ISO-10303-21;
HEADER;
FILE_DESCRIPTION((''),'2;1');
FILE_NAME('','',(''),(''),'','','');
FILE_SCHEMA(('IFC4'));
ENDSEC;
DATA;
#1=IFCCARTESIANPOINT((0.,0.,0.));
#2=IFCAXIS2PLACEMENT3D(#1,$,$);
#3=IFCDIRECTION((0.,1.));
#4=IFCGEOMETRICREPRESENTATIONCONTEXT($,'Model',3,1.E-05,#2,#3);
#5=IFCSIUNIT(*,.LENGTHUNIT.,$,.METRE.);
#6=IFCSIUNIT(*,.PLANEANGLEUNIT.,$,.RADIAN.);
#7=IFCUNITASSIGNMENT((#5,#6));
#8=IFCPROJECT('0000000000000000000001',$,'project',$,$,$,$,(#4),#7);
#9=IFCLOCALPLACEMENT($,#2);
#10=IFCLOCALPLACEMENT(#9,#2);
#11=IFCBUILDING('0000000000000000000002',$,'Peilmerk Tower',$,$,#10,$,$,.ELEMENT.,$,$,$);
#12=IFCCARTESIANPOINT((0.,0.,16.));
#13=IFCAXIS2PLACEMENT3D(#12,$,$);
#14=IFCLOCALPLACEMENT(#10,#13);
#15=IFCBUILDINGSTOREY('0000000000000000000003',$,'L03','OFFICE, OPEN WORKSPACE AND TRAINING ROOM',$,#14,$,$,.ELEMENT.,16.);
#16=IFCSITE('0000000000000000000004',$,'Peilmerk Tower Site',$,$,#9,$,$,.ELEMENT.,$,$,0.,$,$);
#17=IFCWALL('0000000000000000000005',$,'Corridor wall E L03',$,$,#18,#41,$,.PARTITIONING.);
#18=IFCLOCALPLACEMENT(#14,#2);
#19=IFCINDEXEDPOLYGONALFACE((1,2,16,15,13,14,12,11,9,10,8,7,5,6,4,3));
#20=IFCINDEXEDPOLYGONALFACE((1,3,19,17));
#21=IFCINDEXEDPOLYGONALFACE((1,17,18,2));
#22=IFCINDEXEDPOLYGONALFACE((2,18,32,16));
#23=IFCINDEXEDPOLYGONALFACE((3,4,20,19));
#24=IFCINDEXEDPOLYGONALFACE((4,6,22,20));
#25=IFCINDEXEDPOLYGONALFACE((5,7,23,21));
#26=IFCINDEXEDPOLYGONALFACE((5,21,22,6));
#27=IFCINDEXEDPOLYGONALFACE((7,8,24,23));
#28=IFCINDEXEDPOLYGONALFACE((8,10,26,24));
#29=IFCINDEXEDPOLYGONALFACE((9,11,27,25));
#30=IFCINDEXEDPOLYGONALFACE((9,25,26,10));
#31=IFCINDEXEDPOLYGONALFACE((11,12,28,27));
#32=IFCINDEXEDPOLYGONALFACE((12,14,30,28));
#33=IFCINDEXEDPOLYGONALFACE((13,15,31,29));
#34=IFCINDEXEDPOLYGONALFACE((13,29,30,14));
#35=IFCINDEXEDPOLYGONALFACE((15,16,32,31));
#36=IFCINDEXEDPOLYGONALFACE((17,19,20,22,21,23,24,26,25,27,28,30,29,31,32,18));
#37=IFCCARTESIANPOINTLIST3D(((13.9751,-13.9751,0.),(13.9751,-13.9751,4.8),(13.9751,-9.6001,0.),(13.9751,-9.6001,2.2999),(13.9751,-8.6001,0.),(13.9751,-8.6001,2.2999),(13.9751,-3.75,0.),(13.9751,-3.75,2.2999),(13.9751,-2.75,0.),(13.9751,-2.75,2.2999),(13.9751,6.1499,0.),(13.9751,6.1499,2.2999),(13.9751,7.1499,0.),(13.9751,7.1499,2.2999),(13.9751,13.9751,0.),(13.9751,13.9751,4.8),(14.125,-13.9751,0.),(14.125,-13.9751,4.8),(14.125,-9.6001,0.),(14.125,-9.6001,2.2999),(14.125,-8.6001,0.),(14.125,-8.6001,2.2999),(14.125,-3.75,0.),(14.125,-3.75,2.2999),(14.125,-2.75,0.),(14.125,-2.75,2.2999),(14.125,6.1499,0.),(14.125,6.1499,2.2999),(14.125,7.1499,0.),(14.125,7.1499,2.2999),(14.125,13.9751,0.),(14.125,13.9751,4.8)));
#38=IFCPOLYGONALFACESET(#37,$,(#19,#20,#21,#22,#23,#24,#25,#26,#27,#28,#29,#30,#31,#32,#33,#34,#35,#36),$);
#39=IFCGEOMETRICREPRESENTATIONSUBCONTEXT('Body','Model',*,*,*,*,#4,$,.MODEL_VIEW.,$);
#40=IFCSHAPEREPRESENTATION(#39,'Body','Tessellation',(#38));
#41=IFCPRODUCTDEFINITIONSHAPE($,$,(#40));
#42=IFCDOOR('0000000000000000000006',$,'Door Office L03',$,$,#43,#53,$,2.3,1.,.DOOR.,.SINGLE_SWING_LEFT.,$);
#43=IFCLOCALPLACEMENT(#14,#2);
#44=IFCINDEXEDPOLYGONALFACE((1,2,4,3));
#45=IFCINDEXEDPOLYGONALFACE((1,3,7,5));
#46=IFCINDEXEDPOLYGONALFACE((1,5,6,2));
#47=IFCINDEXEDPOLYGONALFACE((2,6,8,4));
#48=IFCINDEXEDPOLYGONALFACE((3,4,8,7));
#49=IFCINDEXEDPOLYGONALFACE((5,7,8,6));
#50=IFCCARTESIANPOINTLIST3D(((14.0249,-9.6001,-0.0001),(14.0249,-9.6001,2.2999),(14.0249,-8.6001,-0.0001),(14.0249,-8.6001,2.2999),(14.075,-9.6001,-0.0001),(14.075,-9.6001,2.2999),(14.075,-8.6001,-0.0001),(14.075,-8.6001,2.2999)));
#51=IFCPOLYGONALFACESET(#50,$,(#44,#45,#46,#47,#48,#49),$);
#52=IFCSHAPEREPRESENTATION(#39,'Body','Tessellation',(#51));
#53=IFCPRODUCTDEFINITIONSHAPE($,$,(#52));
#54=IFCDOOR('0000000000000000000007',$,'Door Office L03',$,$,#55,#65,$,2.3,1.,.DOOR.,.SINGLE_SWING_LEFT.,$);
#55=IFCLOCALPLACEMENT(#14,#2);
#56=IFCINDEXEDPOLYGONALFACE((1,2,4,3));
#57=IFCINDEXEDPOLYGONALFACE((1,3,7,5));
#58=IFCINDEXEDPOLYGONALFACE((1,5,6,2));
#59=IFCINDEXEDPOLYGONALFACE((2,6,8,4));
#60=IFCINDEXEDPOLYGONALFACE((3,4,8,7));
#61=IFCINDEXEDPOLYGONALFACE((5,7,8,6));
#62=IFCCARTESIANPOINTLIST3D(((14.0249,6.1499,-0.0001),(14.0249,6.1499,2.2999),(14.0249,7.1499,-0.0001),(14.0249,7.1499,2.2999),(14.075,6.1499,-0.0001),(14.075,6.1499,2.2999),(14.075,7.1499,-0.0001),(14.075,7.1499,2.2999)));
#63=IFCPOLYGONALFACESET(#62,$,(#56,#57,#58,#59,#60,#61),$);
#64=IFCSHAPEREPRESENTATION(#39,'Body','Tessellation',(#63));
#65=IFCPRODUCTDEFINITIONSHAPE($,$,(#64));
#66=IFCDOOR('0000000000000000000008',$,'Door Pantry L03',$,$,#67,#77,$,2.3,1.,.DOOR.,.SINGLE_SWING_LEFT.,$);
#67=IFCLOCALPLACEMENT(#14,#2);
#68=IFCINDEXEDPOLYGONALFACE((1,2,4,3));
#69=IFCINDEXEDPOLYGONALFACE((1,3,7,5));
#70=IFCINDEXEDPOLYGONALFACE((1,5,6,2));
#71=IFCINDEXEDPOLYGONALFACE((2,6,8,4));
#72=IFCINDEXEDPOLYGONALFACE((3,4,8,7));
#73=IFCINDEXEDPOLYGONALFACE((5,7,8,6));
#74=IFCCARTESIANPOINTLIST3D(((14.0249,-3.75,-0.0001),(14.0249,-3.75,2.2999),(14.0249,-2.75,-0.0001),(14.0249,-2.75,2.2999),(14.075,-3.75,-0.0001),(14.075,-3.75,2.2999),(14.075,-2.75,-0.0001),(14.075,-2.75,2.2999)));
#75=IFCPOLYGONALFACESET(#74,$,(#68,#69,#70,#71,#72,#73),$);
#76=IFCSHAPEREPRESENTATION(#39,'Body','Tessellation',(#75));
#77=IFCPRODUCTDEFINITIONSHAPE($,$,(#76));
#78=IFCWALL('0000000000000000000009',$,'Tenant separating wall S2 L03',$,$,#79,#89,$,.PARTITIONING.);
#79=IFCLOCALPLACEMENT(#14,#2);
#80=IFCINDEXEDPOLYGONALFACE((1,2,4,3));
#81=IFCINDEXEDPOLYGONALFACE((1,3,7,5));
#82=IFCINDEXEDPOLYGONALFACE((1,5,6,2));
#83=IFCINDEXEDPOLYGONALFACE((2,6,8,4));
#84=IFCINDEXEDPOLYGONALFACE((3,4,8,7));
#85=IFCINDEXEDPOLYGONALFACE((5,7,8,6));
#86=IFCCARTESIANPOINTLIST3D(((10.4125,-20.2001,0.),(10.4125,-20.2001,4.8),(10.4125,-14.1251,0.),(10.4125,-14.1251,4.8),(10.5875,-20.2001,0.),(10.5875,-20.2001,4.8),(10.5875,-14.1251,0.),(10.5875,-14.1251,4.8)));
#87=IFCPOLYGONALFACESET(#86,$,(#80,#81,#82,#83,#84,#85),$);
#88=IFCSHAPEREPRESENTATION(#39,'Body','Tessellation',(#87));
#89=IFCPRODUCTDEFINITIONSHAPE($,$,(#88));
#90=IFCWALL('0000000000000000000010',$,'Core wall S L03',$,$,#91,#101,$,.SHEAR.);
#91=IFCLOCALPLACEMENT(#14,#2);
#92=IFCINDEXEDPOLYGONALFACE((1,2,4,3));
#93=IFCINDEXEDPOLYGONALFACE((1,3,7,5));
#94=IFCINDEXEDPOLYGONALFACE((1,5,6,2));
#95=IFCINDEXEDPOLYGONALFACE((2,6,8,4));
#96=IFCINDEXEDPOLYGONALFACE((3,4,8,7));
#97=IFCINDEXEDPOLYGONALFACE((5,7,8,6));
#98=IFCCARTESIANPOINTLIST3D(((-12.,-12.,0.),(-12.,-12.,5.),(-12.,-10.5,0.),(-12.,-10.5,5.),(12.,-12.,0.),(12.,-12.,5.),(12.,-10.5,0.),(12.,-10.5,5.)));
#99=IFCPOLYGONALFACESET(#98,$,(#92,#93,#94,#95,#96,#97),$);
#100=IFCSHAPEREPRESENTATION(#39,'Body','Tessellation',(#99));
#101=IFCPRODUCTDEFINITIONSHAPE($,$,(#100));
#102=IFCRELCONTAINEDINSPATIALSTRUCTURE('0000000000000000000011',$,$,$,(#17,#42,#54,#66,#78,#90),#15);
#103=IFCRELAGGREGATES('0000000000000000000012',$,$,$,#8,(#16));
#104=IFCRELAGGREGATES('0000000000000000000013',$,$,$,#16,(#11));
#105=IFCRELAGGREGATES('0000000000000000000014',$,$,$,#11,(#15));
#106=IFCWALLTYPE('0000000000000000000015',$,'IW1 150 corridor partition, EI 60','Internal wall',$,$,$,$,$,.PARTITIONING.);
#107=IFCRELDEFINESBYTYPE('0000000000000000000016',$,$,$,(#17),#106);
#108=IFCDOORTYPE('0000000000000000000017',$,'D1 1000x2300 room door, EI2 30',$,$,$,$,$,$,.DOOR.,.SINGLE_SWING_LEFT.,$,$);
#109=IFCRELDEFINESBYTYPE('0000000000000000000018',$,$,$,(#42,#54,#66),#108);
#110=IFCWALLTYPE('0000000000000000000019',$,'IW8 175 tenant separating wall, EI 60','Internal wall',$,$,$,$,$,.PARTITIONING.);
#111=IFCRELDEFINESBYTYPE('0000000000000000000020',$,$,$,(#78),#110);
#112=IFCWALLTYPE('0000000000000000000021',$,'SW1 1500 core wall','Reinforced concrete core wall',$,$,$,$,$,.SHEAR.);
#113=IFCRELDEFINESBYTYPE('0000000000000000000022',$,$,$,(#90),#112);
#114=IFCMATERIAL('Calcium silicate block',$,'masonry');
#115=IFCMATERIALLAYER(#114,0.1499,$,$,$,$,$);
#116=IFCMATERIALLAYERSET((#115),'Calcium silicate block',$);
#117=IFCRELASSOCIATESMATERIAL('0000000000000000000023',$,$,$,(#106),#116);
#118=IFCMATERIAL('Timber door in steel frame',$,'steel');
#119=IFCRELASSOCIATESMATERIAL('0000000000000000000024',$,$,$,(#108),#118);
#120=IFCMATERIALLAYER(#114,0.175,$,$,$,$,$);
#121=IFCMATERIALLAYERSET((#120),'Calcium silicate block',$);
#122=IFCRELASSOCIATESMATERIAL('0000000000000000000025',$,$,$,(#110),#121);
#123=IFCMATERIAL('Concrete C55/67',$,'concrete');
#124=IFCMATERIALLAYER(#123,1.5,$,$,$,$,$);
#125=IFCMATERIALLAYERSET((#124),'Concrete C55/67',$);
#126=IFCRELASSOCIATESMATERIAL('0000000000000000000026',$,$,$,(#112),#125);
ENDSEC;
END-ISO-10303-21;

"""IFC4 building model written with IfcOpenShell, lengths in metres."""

from ifc_helpers import new_model, si_unit, direction, frame, frame_2d, origin, place, context, subcontext, project, spatial, rectangle, extrude, material, layer, layer_set, type_object, element, fill, save


model = new_model("IFC4")

# Units and contexts
model_context = context("Model", 3, precision=1e-05, world=origin(), true_north=direction((0.0, 1.0)))
body_context = subcontext(model_context, "Body", "Model", "MODEL_VIEW")
ifc_project = project(units=[si_unit("LENGTHUNIT", "METRE"), si_unit("PLANEANGLEUNIT", "RADIAN")], contexts=[model_context])

# Site, building, storey
site_placement = place(None, origin())
site = spatial("IfcSite", under=ifc_project, at=site_placement, Name="Peilmerk Tower Site", CompositionType="ELEMENT", RefElevation=0.0)
building_placement = place(site_placement, origin())
building = spatial("IfcBuilding", under=site, at=building_placement, Name="Peilmerk Tower", CompositionType="ELEMENT")
storey_placement = place(building_placement, frame((0.0, 0.0, 16.0)))
storey = spatial("IfcBuildingStorey", under=building, at=storey_placement, Name="L03", Description="OFFICE, OPEN WORKSPACE AND TRAINING ROOM", CompositionType="ELEMENT", Elevation=16.0)

# Wall, openings, doors
ifc_material_1 = material(Name="Calcium silicate block", Category="masonry")
ifc_layer_1 = layer(ifc_material_1, 0.1499)
ifc_layer_set_1 = layer_set([ifc_layer_1], Name="Calcium silicate block")
wall_type_1 = type_object("IfcWallType", Name="IW1 150 corridor partition, EI 60", Description="Internal wall", PredefinedType="PARTITIONING", material=ifc_layer_set_1)
ifc_material_2 = material(Name="Timber door in steel frame", Category="steel")
wall_1_placement = place(storey_placement, frame((14.05, -13.9751, 0.0), z_axis=(0.0, 0.0, 1.0), x_axis=(0.0, 1.0, 0.0)))
wall_1 = element("IfcWall", 1, at=wall_1_placement, inside=storey, type_object=wall_type_1, Name="Corridor wall E L03", PredefinedType="PARTITIONING", context=body_context, shape_type="SweptSolid", body=[
    extrude(rectangle(XDim=27.9502, YDim=0.1499, at=frame_2d((13.9751, 0.0))), origin(), (0.0, 0.0, 1.0), 4.8),
])
opening_1_placement = place(wall_1_placement, frame((4.375, 0.0, 0.0)))
opening_1 = element("IfcOpeningElement", 2, at=opening_1_placement, cuts=wall_1, PredefinedType="OPENING", context=body_context, shape_type="SweptSolid", body=[
    extrude(rectangle(XDim=1.0, YDim=2.3, at=frame_2d((0.5, 1.1499))), frame((0.0, 0.085, 0.0), z_axis=(0.0, -1.0, 0.0), x_axis=(1.0, 0.0, 0.0)), (0.0, 0.0, 1.0), 0.1699),
])
opening_2_placement = place(wall_1_placement, frame((20.125, 0.0, 0.0)))
opening_2 = element("IfcOpeningElement", 3, at=opening_2_placement, cuts=wall_1, PredefinedType="OPENING", context=body_context, shape_type="SweptSolid", body=[
    extrude(rectangle(XDim=1.0, YDim=2.3, at=frame_2d((0.5, 1.1499))), frame((0.0, 0.085, 0.0), z_axis=(0.0, -1.0, 0.0), x_axis=(1.0, 0.0, 0.0)), (0.0, 0.0, 1.0), 0.1699),
])
opening_3_placement = place(wall_1_placement, frame((10.2251, 0.0, 0.0)))
opening_3 = element("IfcOpeningElement", 4, at=opening_3_placement, cuts=wall_1, PredefinedType="OPENING", context=body_context, shape_type="SweptSolid", body=[
    extrude(rectangle(XDim=1.0, YDim=2.3, at=frame_2d((0.5, 1.1499))), frame((0.0, 0.085, 0.0), z_axis=(0.0, -1.0, 0.0), x_axis=(1.0, 0.0, 0.0)), (0.0, 0.0, 1.0), 0.1699),
])
door_type_1 = type_object("IfcDoorType", Name="D1 1000x2300 room door, EI2 30", OperationType="SINGLE_SWING_LEFT", PredefinedType="DOOR", material=ifc_material_2)
door_1_placement = place(opening_1_placement, frame((1.0, 0.0, 0.0), z_axis=(0.0, 0.0, 1.0), x_axis=(-1.0, 0.0, 0.0)))
door_1 = element("IfcDoor", 5, at=door_1_placement, inside=storey, type_object=door_type_1, Name="Door Office L03", OperationType="SINGLE_SWING_LEFT", OverallHeight=2.3, OverallWidth=1.0, PredefinedType="DOOR", context=body_context, shape_type="SweptSolid", body=[
    extrude(rectangle(XDim=1.0, YDim=2.3, at=frame_2d((0.5, 1.1499))), frame((0.0, 0.0249, 0.0), z_axis=(0.0, -1.0, 0.0), x_axis=(1.0, 0.0, 0.0)), (0.0, 0.0, 1.0), 0.05),
])
fill(opening_1, door_1)
door_2_placement = place(opening_2_placement, frame((1.0, 0.0, 0.0), z_axis=(0.0, 0.0, 1.0), x_axis=(-1.0, 0.0, 0.0)))
door_2 = element("IfcDoor", 6, at=door_2_placement, inside=storey, type_object=door_type_1, Name="Door Office L03", OperationType="SINGLE_SWING_LEFT", OverallHeight=2.3, OverallWidth=1.0, PredefinedType="DOOR", context=body_context, shape_type="SweptSolid", body=[
    extrude(rectangle(XDim=1.0, YDim=2.3, at=frame_2d((0.5, 1.1499))), frame((0.0, 0.0249, 0.0), z_axis=(0.0, -1.0, 0.0), x_axis=(1.0, 0.0, 0.0)), (0.0, 0.0, 1.0), 0.05),
])
fill(opening_2, door_2)
door_3_placement = place(opening_3_placement, frame((1.0, 0.0, 0.0), z_axis=(0.0, 0.0, 1.0), x_axis=(-1.0, 0.0, 0.0)))
door_3 = element("IfcDoor", 7, at=door_3_placement, inside=storey, type_object=door_type_1, Name="Door Pantry L03", OperationType="SINGLE_SWING_LEFT", OverallHeight=2.3, OverallWidth=1.0, PredefinedType="DOOR", context=body_context, shape_type="SweptSolid", body=[
    extrude(rectangle(XDim=1.0, YDim=2.3, at=frame_2d((0.5, 1.1499))), frame((0.0, 0.0249, 0.0), z_axis=(0.0, -1.0, 0.0), x_axis=(1.0, 0.0, 0.0)), (0.0, 0.0, 1.0), 0.05),
])
fill(opening_3, door_3)

# Walls
ifc_layer_2 = layer(ifc_material_1, 0.175)
ifc_layer_set_2 = layer_set([ifc_layer_2], Name="Calcium silicate block")
wall_type_2 = type_object("IfcWallType", Name="IW8 175 tenant separating wall, EI 60", Description="Internal wall", PredefinedType="PARTITIONING", material=ifc_layer_set_2)
wall_2_placement = place(storey_placement, frame((10.5, -14.125, 0.0), z_axis=(0.0, 0.0, 1.0), x_axis=(0.0, -1.0, 0.0)))
element("IfcWall", 8, at=wall_2_placement, inside=storey, type_object=wall_type_2, Name="Tenant separating wall S2 L03", PredefinedType="PARTITIONING", context=body_context, shape_type="SweptSolid", body=[
    extrude(rectangle(XDim=6.075, YDim=0.175, at=frame_2d((3.0376, 0.0))), origin(), (0.0, 0.0, 1.0), 4.8),
])
ifc_material_3 = material(Name="Concrete C55/67", Category="concrete")
ifc_layer_3 = layer(ifc_material_3, 1.5)
ifc_layer_set_3 = layer_set([ifc_layer_3], Name="Concrete C55/67")
wall_type_3 = type_object("IfcWallType", Name="SW1 1500 core wall", Description="Reinforced concrete core wall", PredefinedType="SHEAR", material=ifc_layer_set_3)
wall_3_placement = place(storey_placement, frame((12.0, -11.25, 0.0), z_axis=(0.0, 0.0, 1.0), x_axis=(-1.0, 0.0, 0.0)))
element("IfcWall", 9, at=wall_3_placement, inside=storey, type_object=wall_type_3, Name="Core wall S L03", PredefinedType="SHEAR", context=body_context, shape_type="SweptSolid", body=[
    extrude(rectangle(XDim=24.0, YDim=1.5, at=frame_2d((12.0, 0.0))), origin(), (0.0, 0.0, 1.0), 5.0),
])

save(model, "model.ifc")
